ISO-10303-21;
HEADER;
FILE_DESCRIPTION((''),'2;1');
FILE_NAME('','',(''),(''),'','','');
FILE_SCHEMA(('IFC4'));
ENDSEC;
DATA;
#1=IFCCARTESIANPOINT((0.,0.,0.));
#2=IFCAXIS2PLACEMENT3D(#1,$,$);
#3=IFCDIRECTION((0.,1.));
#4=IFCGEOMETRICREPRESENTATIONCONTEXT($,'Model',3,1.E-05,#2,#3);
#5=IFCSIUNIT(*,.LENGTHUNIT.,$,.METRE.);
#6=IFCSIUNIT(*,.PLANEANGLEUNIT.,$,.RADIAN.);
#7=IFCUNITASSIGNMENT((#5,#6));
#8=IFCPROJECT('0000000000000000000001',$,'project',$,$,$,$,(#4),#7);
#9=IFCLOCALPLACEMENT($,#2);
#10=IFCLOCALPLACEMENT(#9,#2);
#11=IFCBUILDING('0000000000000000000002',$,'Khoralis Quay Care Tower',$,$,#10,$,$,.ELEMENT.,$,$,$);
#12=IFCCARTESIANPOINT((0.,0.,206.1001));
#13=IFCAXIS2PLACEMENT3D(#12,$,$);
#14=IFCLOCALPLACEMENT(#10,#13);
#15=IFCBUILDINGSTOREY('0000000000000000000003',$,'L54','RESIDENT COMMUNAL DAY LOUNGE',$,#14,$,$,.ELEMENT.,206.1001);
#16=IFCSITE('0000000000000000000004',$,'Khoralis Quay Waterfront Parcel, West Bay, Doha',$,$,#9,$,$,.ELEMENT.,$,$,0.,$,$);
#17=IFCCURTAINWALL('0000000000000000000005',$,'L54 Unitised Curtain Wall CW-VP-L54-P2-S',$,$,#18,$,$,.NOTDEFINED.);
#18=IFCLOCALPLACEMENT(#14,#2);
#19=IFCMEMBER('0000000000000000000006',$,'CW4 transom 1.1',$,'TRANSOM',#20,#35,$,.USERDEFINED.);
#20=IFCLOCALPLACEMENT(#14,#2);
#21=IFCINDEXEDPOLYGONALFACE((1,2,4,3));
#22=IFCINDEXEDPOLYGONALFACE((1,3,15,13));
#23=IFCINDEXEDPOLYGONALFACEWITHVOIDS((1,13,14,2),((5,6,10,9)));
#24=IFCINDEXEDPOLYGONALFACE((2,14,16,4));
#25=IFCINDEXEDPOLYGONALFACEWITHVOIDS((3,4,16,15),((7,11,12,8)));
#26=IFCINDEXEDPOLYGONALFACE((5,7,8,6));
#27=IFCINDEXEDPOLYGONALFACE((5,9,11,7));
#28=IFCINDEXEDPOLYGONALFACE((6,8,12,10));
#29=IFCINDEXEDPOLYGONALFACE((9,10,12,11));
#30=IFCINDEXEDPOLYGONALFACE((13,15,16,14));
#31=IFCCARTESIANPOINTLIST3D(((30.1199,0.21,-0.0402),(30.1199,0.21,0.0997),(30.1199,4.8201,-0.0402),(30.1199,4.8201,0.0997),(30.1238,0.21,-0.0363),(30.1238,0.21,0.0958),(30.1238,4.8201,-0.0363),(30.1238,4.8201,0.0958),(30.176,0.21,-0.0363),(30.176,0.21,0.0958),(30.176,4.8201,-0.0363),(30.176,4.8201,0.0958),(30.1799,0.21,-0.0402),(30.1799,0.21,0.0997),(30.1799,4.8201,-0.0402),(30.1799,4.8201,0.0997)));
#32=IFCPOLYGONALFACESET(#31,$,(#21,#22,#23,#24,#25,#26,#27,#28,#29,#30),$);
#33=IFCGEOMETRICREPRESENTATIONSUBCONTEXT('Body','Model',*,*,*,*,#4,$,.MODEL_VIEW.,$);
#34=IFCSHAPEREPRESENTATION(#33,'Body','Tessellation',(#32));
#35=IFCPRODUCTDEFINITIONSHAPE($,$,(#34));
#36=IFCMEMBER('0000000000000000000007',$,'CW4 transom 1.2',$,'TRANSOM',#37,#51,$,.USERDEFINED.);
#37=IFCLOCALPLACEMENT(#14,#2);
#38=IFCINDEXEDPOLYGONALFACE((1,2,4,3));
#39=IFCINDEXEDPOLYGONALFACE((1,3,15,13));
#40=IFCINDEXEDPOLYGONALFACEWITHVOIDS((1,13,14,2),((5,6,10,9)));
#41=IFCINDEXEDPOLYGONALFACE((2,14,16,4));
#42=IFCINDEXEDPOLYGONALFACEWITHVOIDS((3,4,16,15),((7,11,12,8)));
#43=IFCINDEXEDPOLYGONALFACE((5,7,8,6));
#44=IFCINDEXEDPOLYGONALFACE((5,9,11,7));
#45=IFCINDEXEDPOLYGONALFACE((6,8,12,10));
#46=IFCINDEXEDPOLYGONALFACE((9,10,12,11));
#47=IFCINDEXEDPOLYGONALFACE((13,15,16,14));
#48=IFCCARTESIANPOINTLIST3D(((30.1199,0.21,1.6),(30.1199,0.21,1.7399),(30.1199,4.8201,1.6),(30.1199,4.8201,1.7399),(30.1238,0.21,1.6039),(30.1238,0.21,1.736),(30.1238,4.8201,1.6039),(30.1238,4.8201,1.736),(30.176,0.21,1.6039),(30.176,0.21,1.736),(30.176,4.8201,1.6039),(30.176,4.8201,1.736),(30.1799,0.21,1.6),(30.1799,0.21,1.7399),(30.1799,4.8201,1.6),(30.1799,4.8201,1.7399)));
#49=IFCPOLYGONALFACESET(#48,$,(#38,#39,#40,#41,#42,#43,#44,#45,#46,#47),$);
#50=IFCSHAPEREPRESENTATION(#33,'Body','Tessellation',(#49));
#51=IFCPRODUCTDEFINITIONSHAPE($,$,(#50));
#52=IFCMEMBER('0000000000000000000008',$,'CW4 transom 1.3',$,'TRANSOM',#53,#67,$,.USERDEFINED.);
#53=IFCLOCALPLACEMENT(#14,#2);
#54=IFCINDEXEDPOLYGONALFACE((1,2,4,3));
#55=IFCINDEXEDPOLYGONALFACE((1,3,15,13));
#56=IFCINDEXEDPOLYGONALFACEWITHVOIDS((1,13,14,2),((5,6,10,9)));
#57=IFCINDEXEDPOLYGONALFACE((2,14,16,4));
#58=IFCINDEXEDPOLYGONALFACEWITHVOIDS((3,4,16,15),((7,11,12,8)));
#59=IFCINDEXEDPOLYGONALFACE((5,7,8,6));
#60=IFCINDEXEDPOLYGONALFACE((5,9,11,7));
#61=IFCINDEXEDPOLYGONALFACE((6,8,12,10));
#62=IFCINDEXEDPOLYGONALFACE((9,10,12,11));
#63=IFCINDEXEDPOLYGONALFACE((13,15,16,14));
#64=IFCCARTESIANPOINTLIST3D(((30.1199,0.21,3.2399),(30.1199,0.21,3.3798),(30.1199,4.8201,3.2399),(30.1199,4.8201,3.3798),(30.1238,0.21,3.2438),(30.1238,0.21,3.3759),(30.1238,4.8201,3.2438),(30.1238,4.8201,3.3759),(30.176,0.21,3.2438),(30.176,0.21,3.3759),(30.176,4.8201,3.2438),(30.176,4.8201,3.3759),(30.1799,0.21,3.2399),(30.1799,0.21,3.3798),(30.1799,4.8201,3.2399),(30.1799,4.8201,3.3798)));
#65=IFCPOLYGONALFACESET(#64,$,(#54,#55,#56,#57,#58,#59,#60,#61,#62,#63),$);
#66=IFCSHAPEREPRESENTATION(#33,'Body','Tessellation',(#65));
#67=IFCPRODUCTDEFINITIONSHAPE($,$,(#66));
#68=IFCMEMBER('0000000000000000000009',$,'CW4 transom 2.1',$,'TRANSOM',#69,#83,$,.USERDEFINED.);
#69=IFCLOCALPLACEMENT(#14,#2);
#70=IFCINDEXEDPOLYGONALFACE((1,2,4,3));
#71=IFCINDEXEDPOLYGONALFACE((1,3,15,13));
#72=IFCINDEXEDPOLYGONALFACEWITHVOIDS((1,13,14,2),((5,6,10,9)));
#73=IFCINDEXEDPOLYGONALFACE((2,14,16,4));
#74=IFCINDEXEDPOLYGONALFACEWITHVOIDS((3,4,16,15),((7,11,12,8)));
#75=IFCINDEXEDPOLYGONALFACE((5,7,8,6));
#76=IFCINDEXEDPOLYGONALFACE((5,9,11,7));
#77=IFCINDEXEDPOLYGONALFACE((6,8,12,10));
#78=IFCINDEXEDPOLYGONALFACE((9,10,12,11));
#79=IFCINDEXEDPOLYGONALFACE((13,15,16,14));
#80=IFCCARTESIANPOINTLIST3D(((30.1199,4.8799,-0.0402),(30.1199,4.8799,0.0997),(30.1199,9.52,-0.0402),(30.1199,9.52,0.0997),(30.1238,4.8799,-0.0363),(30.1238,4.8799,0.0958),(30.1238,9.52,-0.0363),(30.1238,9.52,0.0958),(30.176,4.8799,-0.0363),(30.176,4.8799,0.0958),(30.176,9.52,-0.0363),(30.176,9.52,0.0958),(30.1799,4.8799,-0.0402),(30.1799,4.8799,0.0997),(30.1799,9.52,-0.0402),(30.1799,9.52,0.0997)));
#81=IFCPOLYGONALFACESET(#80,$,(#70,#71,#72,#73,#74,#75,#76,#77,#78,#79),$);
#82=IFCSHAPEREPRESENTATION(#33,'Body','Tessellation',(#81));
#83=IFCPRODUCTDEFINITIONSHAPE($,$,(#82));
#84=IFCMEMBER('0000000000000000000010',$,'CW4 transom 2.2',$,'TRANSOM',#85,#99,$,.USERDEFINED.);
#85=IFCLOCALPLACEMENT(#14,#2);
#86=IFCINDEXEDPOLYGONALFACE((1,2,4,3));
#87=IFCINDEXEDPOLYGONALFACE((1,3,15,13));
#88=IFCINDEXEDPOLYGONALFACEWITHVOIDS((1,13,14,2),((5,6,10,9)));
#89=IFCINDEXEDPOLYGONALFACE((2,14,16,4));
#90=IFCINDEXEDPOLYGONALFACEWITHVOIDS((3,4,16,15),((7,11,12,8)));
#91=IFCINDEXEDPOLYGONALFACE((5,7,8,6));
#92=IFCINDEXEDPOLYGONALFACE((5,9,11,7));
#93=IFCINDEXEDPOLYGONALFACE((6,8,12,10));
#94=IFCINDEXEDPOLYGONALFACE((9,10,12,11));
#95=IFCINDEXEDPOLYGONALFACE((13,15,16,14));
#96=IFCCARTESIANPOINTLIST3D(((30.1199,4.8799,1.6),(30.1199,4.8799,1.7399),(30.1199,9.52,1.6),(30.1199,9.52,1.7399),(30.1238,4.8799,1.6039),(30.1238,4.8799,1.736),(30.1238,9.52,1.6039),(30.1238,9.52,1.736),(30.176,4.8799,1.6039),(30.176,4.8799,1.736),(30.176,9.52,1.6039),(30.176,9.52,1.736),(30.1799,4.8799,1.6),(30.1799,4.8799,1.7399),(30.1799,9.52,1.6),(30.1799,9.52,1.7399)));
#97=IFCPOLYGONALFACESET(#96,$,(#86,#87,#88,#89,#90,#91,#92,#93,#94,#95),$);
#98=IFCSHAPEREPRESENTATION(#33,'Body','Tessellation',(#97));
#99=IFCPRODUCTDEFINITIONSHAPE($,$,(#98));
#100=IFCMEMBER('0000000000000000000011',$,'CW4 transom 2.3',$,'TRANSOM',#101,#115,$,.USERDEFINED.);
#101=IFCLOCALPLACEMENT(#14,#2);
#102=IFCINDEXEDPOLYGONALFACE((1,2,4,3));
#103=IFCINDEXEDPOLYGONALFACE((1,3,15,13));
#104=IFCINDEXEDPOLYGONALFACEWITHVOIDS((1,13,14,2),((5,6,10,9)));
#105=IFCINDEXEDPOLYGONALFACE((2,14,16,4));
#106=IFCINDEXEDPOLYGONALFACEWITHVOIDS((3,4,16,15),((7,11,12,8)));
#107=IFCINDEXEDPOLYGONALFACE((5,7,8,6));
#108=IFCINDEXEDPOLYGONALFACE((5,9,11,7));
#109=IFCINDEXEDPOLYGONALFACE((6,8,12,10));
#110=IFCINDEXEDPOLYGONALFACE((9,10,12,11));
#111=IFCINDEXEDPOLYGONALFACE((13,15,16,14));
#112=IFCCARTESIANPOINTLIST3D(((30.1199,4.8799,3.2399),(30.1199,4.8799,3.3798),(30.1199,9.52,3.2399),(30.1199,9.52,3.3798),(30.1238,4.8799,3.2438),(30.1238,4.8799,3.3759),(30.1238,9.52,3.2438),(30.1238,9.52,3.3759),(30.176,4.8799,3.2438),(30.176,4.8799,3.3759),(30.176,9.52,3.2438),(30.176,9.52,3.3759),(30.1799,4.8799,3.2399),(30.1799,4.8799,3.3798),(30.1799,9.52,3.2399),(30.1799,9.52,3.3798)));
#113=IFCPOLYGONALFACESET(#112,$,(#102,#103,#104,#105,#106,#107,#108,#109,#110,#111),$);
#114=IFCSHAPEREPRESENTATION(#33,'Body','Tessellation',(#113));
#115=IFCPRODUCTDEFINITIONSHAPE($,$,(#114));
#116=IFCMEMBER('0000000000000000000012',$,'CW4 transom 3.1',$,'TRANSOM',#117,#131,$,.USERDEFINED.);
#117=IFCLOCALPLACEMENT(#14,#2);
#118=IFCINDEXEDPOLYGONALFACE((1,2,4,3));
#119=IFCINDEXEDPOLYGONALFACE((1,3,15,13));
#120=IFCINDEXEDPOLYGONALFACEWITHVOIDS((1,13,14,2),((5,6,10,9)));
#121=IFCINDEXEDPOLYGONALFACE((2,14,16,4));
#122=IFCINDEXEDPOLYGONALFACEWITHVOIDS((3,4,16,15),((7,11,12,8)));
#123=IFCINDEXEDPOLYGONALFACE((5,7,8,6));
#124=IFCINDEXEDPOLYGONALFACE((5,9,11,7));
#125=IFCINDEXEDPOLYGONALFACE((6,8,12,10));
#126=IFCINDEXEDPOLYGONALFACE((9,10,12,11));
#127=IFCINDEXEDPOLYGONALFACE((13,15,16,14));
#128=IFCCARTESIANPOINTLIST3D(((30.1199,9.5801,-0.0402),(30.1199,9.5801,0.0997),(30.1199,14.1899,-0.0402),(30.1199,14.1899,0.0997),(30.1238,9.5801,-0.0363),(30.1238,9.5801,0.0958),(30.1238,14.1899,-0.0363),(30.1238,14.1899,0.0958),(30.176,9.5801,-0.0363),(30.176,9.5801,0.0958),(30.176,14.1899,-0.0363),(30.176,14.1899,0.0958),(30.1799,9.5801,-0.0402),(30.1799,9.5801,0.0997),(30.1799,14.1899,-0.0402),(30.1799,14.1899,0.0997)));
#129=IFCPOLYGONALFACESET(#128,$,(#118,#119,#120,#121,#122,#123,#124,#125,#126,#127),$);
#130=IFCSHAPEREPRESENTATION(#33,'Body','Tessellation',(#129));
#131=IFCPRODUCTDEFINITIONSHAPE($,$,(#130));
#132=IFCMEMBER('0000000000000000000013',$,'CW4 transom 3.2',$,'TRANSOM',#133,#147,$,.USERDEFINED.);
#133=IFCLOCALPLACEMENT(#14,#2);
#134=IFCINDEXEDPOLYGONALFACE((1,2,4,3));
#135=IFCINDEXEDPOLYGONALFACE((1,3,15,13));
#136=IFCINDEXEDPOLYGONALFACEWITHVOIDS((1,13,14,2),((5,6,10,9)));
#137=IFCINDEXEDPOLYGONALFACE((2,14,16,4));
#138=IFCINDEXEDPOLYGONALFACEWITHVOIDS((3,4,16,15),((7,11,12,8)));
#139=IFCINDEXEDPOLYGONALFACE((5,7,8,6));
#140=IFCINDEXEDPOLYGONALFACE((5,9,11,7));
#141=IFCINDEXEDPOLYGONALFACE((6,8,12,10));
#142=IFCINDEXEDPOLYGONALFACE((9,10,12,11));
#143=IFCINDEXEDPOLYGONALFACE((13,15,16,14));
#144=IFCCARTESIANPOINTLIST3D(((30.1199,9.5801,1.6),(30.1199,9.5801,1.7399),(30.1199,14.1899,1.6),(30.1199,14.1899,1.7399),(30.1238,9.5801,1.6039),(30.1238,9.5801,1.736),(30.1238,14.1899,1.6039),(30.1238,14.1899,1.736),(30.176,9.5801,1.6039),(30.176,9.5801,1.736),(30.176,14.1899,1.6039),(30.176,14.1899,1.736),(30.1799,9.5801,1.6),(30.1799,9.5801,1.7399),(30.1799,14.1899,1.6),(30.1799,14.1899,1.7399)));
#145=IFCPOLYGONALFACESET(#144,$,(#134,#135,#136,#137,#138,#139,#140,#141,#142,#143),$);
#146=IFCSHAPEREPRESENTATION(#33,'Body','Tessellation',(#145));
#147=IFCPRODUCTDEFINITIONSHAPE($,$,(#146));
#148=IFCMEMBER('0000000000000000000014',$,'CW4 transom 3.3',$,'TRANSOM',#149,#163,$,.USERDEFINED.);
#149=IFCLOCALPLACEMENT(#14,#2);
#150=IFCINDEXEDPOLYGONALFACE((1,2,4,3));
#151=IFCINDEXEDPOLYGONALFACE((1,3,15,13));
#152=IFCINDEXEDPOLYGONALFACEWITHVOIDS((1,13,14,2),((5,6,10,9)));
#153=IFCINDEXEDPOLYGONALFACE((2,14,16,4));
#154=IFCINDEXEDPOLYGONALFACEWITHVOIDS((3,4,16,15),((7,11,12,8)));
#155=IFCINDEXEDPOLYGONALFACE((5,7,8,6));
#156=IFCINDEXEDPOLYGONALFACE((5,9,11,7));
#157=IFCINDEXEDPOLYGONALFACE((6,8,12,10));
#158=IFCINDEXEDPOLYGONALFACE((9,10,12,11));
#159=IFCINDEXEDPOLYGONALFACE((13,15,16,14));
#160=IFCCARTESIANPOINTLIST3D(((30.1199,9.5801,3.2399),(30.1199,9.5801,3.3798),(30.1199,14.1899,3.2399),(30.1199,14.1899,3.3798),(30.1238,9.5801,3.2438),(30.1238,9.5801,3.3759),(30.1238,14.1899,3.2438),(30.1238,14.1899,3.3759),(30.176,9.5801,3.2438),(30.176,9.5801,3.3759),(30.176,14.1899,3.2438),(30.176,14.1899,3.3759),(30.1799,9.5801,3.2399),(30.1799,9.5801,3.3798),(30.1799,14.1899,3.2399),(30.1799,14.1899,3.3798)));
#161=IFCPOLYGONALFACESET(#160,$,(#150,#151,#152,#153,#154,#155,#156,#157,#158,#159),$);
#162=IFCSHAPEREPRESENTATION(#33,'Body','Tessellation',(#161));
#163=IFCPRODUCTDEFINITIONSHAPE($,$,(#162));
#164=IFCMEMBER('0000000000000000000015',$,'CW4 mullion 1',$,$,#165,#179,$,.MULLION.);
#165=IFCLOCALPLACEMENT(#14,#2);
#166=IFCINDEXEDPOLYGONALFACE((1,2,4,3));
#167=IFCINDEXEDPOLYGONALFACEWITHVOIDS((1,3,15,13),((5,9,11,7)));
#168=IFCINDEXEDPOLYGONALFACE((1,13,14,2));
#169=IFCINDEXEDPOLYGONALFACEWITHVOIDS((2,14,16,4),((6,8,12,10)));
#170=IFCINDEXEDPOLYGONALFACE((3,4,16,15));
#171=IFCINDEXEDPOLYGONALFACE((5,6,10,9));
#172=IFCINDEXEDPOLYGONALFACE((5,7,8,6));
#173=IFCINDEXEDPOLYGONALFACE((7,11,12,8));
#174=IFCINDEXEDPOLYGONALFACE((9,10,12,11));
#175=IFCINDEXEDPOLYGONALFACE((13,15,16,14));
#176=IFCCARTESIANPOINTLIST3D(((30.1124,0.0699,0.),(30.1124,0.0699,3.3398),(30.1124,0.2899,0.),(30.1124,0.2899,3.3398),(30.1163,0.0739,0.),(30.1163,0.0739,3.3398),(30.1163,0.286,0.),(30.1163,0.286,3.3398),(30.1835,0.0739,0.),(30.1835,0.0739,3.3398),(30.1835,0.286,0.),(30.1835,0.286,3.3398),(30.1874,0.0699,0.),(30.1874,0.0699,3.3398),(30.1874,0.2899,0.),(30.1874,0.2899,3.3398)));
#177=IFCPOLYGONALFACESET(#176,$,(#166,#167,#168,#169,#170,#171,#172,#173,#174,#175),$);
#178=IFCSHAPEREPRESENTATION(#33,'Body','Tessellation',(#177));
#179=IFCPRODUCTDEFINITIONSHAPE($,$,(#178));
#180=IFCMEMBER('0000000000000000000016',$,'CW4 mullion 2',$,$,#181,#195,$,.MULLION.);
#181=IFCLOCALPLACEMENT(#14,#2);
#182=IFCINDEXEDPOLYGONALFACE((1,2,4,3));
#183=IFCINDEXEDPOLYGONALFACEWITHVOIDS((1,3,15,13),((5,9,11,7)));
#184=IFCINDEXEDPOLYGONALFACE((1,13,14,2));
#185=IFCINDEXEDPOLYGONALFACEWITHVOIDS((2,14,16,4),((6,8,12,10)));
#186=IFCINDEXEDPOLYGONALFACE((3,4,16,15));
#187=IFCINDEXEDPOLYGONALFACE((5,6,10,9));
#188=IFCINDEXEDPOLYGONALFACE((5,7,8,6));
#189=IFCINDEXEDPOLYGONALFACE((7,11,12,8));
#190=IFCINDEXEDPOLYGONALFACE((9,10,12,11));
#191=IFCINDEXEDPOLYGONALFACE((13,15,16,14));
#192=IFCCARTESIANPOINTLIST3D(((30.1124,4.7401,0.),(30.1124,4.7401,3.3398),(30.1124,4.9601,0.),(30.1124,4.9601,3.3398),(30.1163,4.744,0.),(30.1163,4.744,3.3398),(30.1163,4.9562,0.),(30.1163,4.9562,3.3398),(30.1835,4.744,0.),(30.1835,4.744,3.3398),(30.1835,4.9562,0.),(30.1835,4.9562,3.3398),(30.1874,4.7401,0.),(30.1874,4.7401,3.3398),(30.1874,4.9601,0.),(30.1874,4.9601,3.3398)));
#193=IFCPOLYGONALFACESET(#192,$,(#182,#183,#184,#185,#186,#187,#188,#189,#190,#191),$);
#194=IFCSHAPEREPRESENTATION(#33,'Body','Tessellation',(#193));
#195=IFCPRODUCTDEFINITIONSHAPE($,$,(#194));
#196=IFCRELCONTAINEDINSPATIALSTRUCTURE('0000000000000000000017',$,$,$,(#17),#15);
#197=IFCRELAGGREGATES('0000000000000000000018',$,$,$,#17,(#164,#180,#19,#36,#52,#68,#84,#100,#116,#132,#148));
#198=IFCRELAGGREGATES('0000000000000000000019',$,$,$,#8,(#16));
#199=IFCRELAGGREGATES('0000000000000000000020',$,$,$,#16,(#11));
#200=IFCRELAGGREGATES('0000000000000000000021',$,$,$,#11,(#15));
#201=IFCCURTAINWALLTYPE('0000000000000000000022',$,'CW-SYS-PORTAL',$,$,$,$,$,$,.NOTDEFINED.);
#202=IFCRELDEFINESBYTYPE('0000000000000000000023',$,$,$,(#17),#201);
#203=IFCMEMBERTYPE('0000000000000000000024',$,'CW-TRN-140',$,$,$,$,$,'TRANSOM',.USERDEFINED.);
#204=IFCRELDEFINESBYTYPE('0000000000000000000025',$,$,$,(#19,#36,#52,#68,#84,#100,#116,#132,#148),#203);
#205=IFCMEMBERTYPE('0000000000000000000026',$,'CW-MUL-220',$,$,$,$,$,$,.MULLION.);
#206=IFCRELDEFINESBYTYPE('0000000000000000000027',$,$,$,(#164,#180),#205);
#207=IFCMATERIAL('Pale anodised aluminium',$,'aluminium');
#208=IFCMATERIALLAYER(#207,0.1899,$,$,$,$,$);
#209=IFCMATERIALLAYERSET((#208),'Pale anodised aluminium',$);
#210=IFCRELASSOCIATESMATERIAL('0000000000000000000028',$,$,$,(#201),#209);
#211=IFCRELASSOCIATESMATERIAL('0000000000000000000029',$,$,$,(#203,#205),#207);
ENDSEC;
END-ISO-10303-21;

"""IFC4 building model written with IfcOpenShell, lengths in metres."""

from ifc_helpers import new_model, si_unit, direction, frame, origin, origin_2d, place, context, subcontext, project, spatial, hollow_rectangle, extrude, source, transform, mapped, material, layer, layer_set, material_profile, profile_set, type_object, element, aggregate, save


model = new_model("IFC4")

# Units and contexts
model_context = context("Model", 3, precision=1e-05, world=origin(), true_north=direction((0.0, 1.0)))
body_context = subcontext(model_context, "Body", "Model", "MODEL_VIEW")
ifc_project = project(units=[si_unit("LENGTHUNIT", "METRE"), si_unit("PLANEANGLEUNIT", "RADIAN")], contexts=[model_context])

# Site, building, storey
site_placement = place(None, origin())
site = spatial("IfcSite", under=ifc_project, at=site_placement, Name="Khoralis Quay Waterfront Parcel, West Bay, Doha", CompositionType="ELEMENT", RefElevation=0.0)
building_placement = place(site_placement, origin())
building = spatial("IfcBuilding", under=site, at=building_placement, Name="Khoralis Quay Care Tower", CompositionType="ELEMENT")
storey_placement = place(building_placement, frame((0.0, 0.0, 206.1001)))
storey = spatial("IfcBuildingStorey", under=building, at=storey_placement, Name="L54", Description="RESIDENT COMMUNAL DAY LOUNGE", CompositionType="ELEMENT", Elevation=206.1001)

# Curtain wall, members
ifc_material_1 = material(Name="Pale anodised aluminium", Category="aluminium")
ifc_layer_1 = layer(ifc_material_1, 0.1899)
ifc_layer_set_1 = layer_set([ifc_layer_1], Name="Pale anodised aluminium")
curtain_wall_type = type_object("IfcCurtainWallType", Name="CW-SYS-PORTAL", PredefinedType="NOTDEFINED", material=ifc_layer_set_1)
curtain_wall_placement = place(storey_placement, origin())
curtain_wall = element("IfcCurtainWall", 1, at=curtain_wall_placement, inside=storey, type_object=curtain_wall_type, Name="L54 Unitised Curtain Wall CW-VP-L54-P2-S", PredefinedType="NOTDEFINED")
ifc_material_profile_1 = material_profile(ifc_material_1, hollow_rectangle(XDim=0.0601, YDim=0.1399, WallThickness=0.0039, at=origin_2d()), Name="Pale anodised aluminium")
ifc_profile_set_1 = profile_set([ifc_material_profile_1], Name="Pale anodised aluminium")
member_type_1 = type_object("IfcMemberType", Name="CW-TRN-140", ElementType="TRANSOM", PredefinedType="USERDEFINED", material=ifc_profile_set_1)
shared_shape_1 = source(origin(), body_context, "Body", "SweptSolid", [
    extrude(hollow_rectangle(XDim=0.0601, YDim=0.1399, WallThickness=0.0039, at=origin_2d()), origin(), (0.0, 0.0, 1.0), 4.6101),
])
member_1_placement = place(storey_placement, frame((30.1499, 0.21, 0.0298), z_axis=(0.0, 1.0, 0.0), x_axis=(-1.0, 0.0, 0.0)))
member_1 = element("IfcMember", 2, at=member_1_placement, type_object=member_type_1, Name="CW4 transom 1.1", ObjectType="TRANSOM", PredefinedType="USERDEFINED", context=body_context, shape_type="MappedRepresentation", body=[
    mapped(shared_shape_1, transform((0.0, 0.0, 0.0), scale=1.0)),
])
member_2_placement = place(storey_placement, frame((30.1499, 0.21, 1.6699), z_axis=(0.0, 1.0, 0.0), x_axis=(-1.0, 0.0, 0.0)))
member_2 = element("IfcMember", 3, at=member_2_placement, type_object=member_type_1, Name="CW4 transom 1.2", ObjectType="TRANSOM", PredefinedType="USERDEFINED", context=body_context, shape_type="MappedRepresentation", body=[
    mapped(shared_shape_1, transform((0.0, 0.0, 0.0), scale=1.0)),
])
member_3_placement = place(storey_placement, frame((30.1499, 0.21, 3.3098), z_axis=(0.0, 1.0, 0.0), x_axis=(-1.0, 0.0, 0.0)))
member_3 = element("IfcMember", 4, at=member_3_placement, type_object=member_type_1, Name="CW4 transom 1.3", ObjectType="TRANSOM", PredefinedType="USERDEFINED", context=body_context, shape_type="MappedRepresentation", body=[
    mapped(shared_shape_1, transform((0.0, 0.0, 0.0), scale=1.0)),
])
shared_shape_2 = source(origin(), body_context, "Body", "SweptSolid", [
    extrude(hollow_rectangle(XDim=0.0601, YDim=0.1399, WallThickness=0.0039, at=origin_2d()), origin(), (0.0, 0.0, 1.0), 4.6401),
])
member_4_placement = place(storey_placement, frame((30.1499, 4.8799, 0.0298), z_axis=(0.0, 1.0, 0.0), x_axis=(-1.0, 0.0, 0.0)))
member_4 = element("IfcMember", 5, at=member_4_placement, type_object=member_type_1, Name="CW4 transom 2.1", ObjectType="TRANSOM", PredefinedType="USERDEFINED", context=body_context, shape_type="MappedRepresentation", body=[
    mapped(shared_shape_2, transform((0.0, 0.0, 0.0), scale=1.0)),
])
member_5_placement = place(storey_placement, frame((30.1499, 4.8799, 1.6699), z_axis=(0.0, 1.0, 0.0), x_axis=(-1.0, 0.0, 0.0)))
member_5 = element("IfcMember", 6, at=member_5_placement, type_object=member_type_1, Name="CW4 transom 2.2", ObjectType="TRANSOM", PredefinedType="USERDEFINED", context=body_context, shape_type="MappedRepresentation", body=[
    mapped(shared_shape_2, transform((0.0, 0.0, 0.0), scale=1.0)),
])
member_6_placement = place(storey_placement, frame((30.1499, 4.8799, 3.3098), z_axis=(0.0, 1.0, 0.0), x_axis=(-1.0, 0.0, 0.0)))
member_6 = element("IfcMember", 7, at=member_6_placement, type_object=member_type_1, Name="CW4 transom 2.3", ObjectType="TRANSOM", PredefinedType="USERDEFINED", context=body_context, shape_type="MappedRepresentation", body=[
    mapped(shared_shape_2, transform((0.0, 0.0, 0.0), scale=1.0)),
])
shared_shape_3 = source(origin(), body_context, "Body", "SweptSolid", [
    extrude(hollow_rectangle(XDim=0.0601, YDim=0.1399, WallThickness=0.0039, at=origin_2d()), origin(), (0.0, 0.0, 1.0), 4.6099),
])
member_7_placement = place(storey_placement, frame((30.1499, 9.5801, 0.0298), z_axis=(0.0, 1.0, 0.0), x_axis=(-1.0, 0.0, 0.0)))
member_7 = element("IfcMember", 8, at=member_7_placement, type_object=member_type_1, Name="CW4 transom 3.1", ObjectType="TRANSOM", PredefinedType="USERDEFINED", context=body_context, shape_type="MappedRepresentation", body=[
    mapped(shared_shape_3, transform((0.0, 0.0, 0.0), scale=1.0)),
])
member_8_placement = place(storey_placement, frame((30.1499, 9.5801, 1.6699), z_axis=(0.0, 1.0, 0.0), x_axis=(-1.0, 0.0, 0.0)))
member_8 = element("IfcMember", 9, at=member_8_placement, type_object=member_type_1, Name="CW4 transom 3.2", ObjectType="TRANSOM", PredefinedType="USERDEFINED", context=body_context, shape_type="MappedRepresentation", body=[
    mapped(shared_shape_3, transform((0.0, 0.0, 0.0), scale=1.0)),
])
member_9_placement = place(storey_placement, frame((30.1499, 9.5801, 3.3098), z_axis=(0.0, 1.0, 0.0), x_axis=(-1.0, 0.0, 0.0)))
member_9 = element("IfcMember", 10, at=member_9_placement, type_object=member_type_1, Name="CW4 transom 3.3", ObjectType="TRANSOM", PredefinedType="USERDEFINED", context=body_context, shape_type="MappedRepresentation", body=[
    mapped(shared_shape_3, transform((0.0, 0.0, 0.0), scale=1.0)),
])
ifc_material_profile_2 = material_profile(ifc_material_1, hollow_rectangle(XDim=0.075, YDim=0.22, WallThickness=0.0039, at=origin_2d()), Name="Pale anodised aluminium")
ifc_profile_set_2 = profile_set([ifc_material_profile_2], Name="Pale anodised aluminium")
member_type_2 = type_object("IfcMemberType", Name="CW-MUL-220", PredefinedType="MULLION", material=ifc_profile_set_2)
shared_shape_4 = source(origin(), body_context, "Body", "SweptSolid", [
    extrude(hollow_rectangle(XDim=0.075, YDim=0.22, WallThickness=0.0039, at=origin_2d()), origin(), (0.0, 0.0, 1.0), 3.3398),
])
member_10_placement = place(storey_placement, frame((30.1499, 0.1799, 0.0), z_axis=(0.0, 0.0, 1.0), x_axis=(-1.0, 0.0, 0.0)))
member_10 = element("IfcMember", 11, at=member_10_placement, type_object=member_type_2, Name="CW4 mullion 1", PredefinedType="MULLION", context=body_context, shape_type="MappedRepresentation", body=[
    mapped(shared_shape_4, transform((0.0, 0.0, 0.0), scale=1.0)),
])
member_11_placement = place(storey_placement, frame((30.1499, 4.8501, 0.0), z_axis=(0.0, 0.0, 1.0), x_axis=(-1.0, 0.0, 0.0)))
member_11 = element("IfcMember", 12, at=member_11_placement, type_object=member_type_2, Name="CW4 mullion 2", PredefinedType="MULLION", context=body_context, shape_type="MappedRepresentation", body=[
    mapped(shared_shape_4, transform((0.0, 0.0, 0.0), scale=1.0)),
])
aggregate(curtain_wall, [member_10, member_11, member_1, member_2, member_3, member_4, member_5, member_6, member_7, member_8, member_9])

save(model, "model.ifc")
